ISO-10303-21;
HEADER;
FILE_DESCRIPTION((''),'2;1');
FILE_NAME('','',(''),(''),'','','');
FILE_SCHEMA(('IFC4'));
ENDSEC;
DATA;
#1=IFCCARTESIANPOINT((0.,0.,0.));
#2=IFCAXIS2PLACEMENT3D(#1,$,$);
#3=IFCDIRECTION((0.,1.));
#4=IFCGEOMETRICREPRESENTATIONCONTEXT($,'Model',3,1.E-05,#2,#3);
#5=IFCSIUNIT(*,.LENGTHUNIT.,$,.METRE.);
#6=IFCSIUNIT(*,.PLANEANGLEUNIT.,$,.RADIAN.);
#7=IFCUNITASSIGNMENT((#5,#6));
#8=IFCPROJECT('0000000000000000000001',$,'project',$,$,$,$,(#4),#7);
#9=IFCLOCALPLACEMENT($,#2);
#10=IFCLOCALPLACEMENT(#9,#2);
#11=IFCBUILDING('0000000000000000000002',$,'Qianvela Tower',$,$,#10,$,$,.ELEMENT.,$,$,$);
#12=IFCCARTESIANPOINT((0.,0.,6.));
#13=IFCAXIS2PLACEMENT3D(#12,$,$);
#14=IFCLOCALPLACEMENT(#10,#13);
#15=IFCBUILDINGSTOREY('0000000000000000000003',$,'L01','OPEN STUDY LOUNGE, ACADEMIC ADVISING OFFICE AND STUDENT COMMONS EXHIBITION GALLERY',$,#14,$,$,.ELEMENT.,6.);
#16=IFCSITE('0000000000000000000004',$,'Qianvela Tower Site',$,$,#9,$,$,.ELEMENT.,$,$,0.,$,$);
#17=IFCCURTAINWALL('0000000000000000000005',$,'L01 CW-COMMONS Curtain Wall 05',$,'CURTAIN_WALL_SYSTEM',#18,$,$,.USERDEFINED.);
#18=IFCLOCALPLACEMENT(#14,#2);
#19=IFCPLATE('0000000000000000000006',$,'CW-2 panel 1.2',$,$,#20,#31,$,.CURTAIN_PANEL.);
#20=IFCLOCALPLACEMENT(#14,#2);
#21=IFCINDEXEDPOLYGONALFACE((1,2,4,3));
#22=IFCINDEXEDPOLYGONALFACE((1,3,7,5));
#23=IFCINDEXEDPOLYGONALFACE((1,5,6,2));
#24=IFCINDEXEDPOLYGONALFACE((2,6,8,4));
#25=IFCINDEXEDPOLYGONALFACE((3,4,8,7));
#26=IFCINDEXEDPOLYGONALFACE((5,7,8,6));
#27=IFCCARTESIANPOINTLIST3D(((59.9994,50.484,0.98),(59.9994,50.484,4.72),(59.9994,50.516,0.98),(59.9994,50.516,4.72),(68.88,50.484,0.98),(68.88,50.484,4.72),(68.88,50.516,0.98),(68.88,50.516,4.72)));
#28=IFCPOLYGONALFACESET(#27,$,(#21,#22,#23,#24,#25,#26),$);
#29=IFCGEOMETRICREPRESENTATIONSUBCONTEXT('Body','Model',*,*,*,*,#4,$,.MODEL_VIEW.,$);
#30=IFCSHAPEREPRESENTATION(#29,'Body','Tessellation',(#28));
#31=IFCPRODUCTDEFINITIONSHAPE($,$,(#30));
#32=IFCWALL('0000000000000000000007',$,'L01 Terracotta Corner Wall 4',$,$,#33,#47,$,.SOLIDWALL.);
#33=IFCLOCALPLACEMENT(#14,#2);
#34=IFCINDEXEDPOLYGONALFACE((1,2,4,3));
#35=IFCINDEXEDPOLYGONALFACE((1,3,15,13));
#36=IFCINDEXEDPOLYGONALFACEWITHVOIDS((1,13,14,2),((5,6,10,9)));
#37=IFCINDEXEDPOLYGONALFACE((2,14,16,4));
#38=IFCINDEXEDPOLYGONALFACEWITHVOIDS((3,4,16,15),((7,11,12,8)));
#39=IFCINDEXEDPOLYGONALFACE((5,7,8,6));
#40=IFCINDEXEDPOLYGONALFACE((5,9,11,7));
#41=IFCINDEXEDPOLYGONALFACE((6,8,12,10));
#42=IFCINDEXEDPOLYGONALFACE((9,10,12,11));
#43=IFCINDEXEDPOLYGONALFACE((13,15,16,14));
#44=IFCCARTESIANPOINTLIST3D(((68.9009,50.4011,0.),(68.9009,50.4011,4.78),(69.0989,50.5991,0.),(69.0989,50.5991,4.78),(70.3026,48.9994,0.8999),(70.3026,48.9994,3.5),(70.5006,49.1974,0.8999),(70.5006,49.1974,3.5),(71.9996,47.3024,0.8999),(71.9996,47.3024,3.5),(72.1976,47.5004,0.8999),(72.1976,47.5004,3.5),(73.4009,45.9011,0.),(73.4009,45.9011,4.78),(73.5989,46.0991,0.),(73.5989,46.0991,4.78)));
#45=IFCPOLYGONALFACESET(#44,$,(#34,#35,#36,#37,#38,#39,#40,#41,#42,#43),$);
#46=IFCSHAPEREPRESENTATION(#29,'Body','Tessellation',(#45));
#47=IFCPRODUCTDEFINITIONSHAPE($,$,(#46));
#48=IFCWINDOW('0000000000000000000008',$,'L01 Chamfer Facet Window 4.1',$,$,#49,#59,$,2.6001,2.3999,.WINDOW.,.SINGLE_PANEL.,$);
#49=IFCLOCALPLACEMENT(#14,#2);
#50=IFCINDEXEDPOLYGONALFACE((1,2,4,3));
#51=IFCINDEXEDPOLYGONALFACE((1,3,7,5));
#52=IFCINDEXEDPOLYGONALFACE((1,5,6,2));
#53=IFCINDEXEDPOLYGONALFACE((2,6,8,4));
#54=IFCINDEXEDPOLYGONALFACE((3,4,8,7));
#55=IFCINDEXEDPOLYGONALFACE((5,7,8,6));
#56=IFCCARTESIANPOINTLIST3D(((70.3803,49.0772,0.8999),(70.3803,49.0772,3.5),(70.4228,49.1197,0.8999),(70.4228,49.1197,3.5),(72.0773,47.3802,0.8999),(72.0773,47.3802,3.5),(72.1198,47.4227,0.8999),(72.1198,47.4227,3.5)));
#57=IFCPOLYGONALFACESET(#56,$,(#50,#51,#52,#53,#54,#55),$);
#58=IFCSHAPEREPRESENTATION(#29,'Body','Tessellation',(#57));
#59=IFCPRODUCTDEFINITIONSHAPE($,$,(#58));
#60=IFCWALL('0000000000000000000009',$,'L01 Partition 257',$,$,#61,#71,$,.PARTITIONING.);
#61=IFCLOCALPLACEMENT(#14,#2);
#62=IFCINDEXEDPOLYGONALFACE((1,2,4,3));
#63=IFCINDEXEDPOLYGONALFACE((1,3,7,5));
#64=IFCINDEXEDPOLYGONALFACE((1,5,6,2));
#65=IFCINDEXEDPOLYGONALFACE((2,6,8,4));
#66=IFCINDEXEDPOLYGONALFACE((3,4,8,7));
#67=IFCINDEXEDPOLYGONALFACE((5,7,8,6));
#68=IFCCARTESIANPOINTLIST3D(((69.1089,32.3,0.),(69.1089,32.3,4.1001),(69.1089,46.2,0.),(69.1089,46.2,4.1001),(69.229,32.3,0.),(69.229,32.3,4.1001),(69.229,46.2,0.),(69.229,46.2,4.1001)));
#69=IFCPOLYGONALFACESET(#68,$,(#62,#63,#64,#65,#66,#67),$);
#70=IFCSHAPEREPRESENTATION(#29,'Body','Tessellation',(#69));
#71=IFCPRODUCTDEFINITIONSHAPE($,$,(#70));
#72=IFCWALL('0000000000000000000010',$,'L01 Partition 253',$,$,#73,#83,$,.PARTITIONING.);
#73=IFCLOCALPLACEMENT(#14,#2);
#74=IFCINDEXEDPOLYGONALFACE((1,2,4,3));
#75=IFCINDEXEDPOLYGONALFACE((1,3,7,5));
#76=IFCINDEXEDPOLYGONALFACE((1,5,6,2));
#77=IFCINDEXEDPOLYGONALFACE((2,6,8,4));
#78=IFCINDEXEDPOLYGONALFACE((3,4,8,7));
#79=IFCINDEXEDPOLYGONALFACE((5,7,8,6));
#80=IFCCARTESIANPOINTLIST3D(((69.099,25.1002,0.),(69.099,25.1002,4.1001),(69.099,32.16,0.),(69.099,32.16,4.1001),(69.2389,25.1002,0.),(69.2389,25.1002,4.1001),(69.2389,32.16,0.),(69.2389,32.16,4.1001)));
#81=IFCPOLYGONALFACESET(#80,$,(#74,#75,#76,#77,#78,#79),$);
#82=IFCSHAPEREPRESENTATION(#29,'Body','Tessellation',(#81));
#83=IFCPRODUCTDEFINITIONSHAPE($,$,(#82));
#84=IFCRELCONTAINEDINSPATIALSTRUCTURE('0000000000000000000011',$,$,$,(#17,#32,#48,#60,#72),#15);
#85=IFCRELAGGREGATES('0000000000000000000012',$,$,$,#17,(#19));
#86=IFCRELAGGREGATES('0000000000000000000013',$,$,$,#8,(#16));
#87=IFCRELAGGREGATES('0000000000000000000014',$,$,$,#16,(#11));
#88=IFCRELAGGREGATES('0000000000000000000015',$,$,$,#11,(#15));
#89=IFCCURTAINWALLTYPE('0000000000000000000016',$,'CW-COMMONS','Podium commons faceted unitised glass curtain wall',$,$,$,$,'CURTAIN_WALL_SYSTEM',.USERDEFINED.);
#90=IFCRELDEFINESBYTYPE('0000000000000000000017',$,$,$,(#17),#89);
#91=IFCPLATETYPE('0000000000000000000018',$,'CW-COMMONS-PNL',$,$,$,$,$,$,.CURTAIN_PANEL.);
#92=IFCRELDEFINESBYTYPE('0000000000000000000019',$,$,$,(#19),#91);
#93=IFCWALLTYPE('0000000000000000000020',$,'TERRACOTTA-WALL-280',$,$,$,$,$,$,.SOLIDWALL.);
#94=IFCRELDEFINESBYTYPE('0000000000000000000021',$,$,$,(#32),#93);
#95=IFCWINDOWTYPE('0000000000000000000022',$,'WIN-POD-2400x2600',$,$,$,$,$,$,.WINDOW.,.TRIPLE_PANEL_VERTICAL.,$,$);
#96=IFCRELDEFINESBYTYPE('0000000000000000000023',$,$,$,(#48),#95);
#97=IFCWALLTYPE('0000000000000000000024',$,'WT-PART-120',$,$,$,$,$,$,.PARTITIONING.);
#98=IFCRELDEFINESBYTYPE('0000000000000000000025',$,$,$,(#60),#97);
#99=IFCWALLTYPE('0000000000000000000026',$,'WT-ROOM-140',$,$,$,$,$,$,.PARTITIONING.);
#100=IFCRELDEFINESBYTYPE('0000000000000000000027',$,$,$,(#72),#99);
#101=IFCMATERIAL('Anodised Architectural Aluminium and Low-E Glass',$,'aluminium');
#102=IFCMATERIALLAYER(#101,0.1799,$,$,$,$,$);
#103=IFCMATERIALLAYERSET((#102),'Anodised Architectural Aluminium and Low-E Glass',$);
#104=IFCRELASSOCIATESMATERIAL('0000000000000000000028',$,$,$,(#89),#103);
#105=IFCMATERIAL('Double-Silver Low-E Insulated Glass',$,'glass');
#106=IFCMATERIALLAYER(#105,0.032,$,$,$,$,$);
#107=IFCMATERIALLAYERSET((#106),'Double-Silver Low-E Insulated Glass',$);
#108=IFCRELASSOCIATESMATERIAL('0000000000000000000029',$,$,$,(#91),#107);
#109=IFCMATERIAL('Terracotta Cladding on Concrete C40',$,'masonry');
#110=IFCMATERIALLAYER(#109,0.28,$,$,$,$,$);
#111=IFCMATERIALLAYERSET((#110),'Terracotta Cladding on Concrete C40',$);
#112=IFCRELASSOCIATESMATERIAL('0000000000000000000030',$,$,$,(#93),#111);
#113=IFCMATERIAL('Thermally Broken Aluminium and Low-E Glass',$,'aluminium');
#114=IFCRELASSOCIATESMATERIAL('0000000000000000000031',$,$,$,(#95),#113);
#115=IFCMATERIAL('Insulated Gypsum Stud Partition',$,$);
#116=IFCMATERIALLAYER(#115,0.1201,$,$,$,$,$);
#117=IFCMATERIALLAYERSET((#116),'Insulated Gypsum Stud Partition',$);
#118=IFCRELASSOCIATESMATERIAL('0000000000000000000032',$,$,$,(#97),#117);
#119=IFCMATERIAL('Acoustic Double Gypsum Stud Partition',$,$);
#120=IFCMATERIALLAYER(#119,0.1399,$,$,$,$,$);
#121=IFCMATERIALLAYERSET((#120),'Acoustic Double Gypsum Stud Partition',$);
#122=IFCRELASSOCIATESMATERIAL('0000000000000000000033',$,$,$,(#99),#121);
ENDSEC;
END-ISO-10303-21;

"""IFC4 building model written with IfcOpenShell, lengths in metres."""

from ifc_helpers import new_model, si_unit, direction, frame, frame_2d, origin, origin_2d, place, context, subcontext, project, spatial, rectangle, extrude, material, layer, layer_set, type_object, element, fill, aggregate, save


model = new_model("IFC4")

# Units and contexts
model_context = context("Model", 3, precision=1e-05, world=origin(), true_north=direction((0.0, 1.0)))
body_context = subcontext(model_context, "Body", "Model", "MODEL_VIEW")
ifc_project = project(units=[si_unit("LENGTHUNIT", "METRE"), si_unit("PLANEANGLEUNIT", "RADIAN")], contexts=[model_context])

# Site, building, storey
site_placement = place(None, origin())
site = spatial("IfcSite", under=ifc_project, at=site_placement, Name="Qianvela Tower Site", CompositionType="ELEMENT", RefElevation=0.0)
building_placement = place(site_placement, origin())
building = spatial("IfcBuilding", under=site, at=building_placement, Name="Qianvela Tower", CompositionType="ELEMENT")
storey_placement = place(building_placement, frame((0.0, 0.0, 6.0)))
storey = spatial("IfcBuildingStorey", under=building, at=storey_placement, Name="L01", Description="OPEN STUDY LOUNGE, ACADEMIC ADVISING OFFICE AND STUDENT COMMONS EXHIBITION GALLERY", CompositionType="ELEMENT", Elevation=6.0)

# Shared definitions
ifc_material_1 = material(Name="Anodised Architectural Aluminium and Low-E Glass", Category="aluminium")
ifc_layer_1 = layer(ifc_material_1, 0.1799)
ifc_layer_set_1 = layer_set([ifc_layer_1], Name="Anodised Architectural Aluminium and Low-E Glass")
curtain_wall_type = type_object("IfcCurtainWallType", Name="CW-COMMONS", Description="Podium commons faceted unitised glass curtain wall", ElementType="CURTAIN_WALL_SYSTEM", PredefinedType="USERDEFINED", material=ifc_layer_set_1)

# Curtain wall
curtain_wall_1_placement = place(storey_placement, origin())
curtain_wall_1 = element("IfcCurtainWall", 1, at=curtain_wall_1_placement, inside=storey, type_object=curtain_wall_type, Name="L01 CW-COMMONS Curtain Wall 05", ObjectType="CURTAIN_WALL_SYSTEM", PredefinedType="USERDEFINED")

# Plate
ifc_material_2 = material(Name="Double-Silver Low-E Insulated Glass", Category="glass")
ifc_layer_2 = layer(ifc_material_2, 0.032)
ifc_layer_set_2 = layer_set([ifc_layer_2], Name="Double-Silver Low-E Insulated Glass")
plate_type = type_object("IfcPlateType", Name="CW-COMMONS-PNL", PredefinedType="CURTAIN_PANEL", material=ifc_layer_set_2)
plate_1_placement = place(storey_placement, frame((64.4397, 50.5, 0.98), z_axis=(0.0, 0.0, 1.0), x_axis=(-1.0, 0.0, 0.0)))
plate_1 = element("IfcPlate", 2, at=plate_1_placement, type_object=plate_type, Name="CW-2 panel 1.2", PredefinedType="CURTAIN_PANEL", context=body_context, shape_type="SweptSolid", body=[
    extrude(rectangle(XDim=8.8806, YDim=0.032, at=origin_2d()), origin(), (0.0, 0.0, 1.0), 3.74),
])
aggregate(curtain_wall_1, [plate_1])

# Wall, opening, window
ifc_material_3 = material(Name="Terracotta Cladding on Concrete C40", Category="masonry")
ifc_layer_3 = layer(ifc_material_3, 0.28)
ifc_layer_set_3 = layer_set([ifc_layer_3], Name="Terracotta Cladding on Concrete C40")
wall_type_1 = type_object("IfcWallType", Name="TERRACOTTA-WALL-280", PredefinedType="SOLIDWALL", material=ifc_layer_set_3)
wall_1_placement = place(storey_placement, frame((73.5, 46.0, 0.0), z_axis=(0.0, 0.0, 1.0), x_axis=(-0.707107, 0.707107, 0.0)))
wall_1 = element("IfcWall", 3, at=wall_1_placement, inside=storey, type_object=wall_type_1, Name="L01 Terracotta Corner Wall 4", PredefinedType="SOLIDWALL", context=body_context, shape_type="SweptSolid", body=[
    extrude(rectangle(XDim=6.364, YDim=0.28, at=frame_2d((3.1821, 0.0))), origin(), (0.0, 0.0, 1.0), 4.78),
])
opening_placement = place(wall_1_placement, frame((1.9819, 0.0, 0.8999)))
opening = element("IfcOpeningElement", 4, at=opening_placement, cuts=wall_1, PredefinedType="OPENING", context=body_context, shape_type="SweptSolid", body=[
    extrude(rectangle(XDim=2.3999, YDim=2.6001, at=frame_2d((1.2, 1.3))), frame((0.0, 0.1499, 0.0), z_axis=(0.0, -1.0, 0.0), x_axis=(1.0, 0.0, 0.0)), (0.0, 0.0, 1.0), 0.3),
])
ifc_material_4 = material(Name="Thermally Broken Aluminium and Low-E Glass", Category="aluminium")
window_type = type_object("IfcWindowType", Name="WIN-POD-2400x2600", PartitioningType="TRIPLE_PANEL_VERTICAL", PredefinedType="WINDOW", material=ifc_material_4)
window_placement = place(opening_placement, origin())
window = element("IfcWindow", 5, at=window_placement, inside=storey, type_object=window_type, Name="L01 Chamfer Facet Window 4.1", OverallHeight=2.6001, OverallWidth=2.3999, PartitioningType="SINGLE_PANEL", PredefinedType="WINDOW", context=body_context, shape_type="SweptSolid", body=[
    extrude(rectangle(XDim=2.3999, YDim=2.6001, at=frame_2d((1.2, 1.3))), frame((0.0, 0.03, 0.0), z_axis=(0.0, -1.0, 0.0), x_axis=(1.0, 0.0, 0.0)), (0.0, 0.0, 1.0), 0.0601),
])
fill(opening, window)

# Walls
ifc_material_5 = material(Name="Insulated Gypsum Stud Partition")
ifc_layer_4 = layer(ifc_material_5, 0.1201)
ifc_layer_set_4 = layer_set([ifc_layer_4], Name="Insulated Gypsum Stud Partition")
wall_type_2 = type_object("IfcWallType", Name="WT-PART-120", PredefinedType="PARTITIONING", material=ifc_layer_set_4)
wall_2_placement = place(storey_placement, frame((69.1689, 46.2, 0.0), z_axis=(0.0, 0.0, 1.0), x_axis=(0.0, -1.0, 0.0)))
element("IfcWall", 6, at=wall_2_placement, inside=storey, type_object=wall_type_2, Name="L01 Partition 257", PredefinedType="PARTITIONING", context=body_context, shape_type="SweptSolid", body=[
    extrude(rectangle(XDim=13.8999, YDim=0.1201, at=frame_2d((6.95, 0.0))), origin(), (0.0, 0.0, 1.0), 4.1001),
])
ifc_material_6 = material(Name="Acoustic Double Gypsum Stud Partition")
ifc_layer_5 = layer(ifc_material_6, 0.1399)
ifc_layer_set_5 = layer_set([ifc_layer_5], Name="Acoustic Double Gypsum Stud Partition")
wall_type_3 = type_object("IfcWallType", Name="WT-ROOM-140", PredefinedType="PARTITIONING", material=ifc_layer_set_5)
wall_3_placement = place(storey_placement, frame((69.1689, 32.1599, 0.0), z_axis=(0.0, 0.0, 1.0), x_axis=(0.0, -1.0, 0.0)))
element("IfcWall", 7, at=wall_3_placement, inside=storey, type_object=wall_type_3, Name="L01 Partition 253", PredefinedType="PARTITIONING", context=body_context, shape_type="SweptSolid", body=[
    extrude(rectangle(XDim=7.0598, YDim=0.1399, at=frame_2d((3.5298, 0.0))), origin(), (0.0, 0.0, 1.0), 4.1001),
])

save(model, "model.ifc")
